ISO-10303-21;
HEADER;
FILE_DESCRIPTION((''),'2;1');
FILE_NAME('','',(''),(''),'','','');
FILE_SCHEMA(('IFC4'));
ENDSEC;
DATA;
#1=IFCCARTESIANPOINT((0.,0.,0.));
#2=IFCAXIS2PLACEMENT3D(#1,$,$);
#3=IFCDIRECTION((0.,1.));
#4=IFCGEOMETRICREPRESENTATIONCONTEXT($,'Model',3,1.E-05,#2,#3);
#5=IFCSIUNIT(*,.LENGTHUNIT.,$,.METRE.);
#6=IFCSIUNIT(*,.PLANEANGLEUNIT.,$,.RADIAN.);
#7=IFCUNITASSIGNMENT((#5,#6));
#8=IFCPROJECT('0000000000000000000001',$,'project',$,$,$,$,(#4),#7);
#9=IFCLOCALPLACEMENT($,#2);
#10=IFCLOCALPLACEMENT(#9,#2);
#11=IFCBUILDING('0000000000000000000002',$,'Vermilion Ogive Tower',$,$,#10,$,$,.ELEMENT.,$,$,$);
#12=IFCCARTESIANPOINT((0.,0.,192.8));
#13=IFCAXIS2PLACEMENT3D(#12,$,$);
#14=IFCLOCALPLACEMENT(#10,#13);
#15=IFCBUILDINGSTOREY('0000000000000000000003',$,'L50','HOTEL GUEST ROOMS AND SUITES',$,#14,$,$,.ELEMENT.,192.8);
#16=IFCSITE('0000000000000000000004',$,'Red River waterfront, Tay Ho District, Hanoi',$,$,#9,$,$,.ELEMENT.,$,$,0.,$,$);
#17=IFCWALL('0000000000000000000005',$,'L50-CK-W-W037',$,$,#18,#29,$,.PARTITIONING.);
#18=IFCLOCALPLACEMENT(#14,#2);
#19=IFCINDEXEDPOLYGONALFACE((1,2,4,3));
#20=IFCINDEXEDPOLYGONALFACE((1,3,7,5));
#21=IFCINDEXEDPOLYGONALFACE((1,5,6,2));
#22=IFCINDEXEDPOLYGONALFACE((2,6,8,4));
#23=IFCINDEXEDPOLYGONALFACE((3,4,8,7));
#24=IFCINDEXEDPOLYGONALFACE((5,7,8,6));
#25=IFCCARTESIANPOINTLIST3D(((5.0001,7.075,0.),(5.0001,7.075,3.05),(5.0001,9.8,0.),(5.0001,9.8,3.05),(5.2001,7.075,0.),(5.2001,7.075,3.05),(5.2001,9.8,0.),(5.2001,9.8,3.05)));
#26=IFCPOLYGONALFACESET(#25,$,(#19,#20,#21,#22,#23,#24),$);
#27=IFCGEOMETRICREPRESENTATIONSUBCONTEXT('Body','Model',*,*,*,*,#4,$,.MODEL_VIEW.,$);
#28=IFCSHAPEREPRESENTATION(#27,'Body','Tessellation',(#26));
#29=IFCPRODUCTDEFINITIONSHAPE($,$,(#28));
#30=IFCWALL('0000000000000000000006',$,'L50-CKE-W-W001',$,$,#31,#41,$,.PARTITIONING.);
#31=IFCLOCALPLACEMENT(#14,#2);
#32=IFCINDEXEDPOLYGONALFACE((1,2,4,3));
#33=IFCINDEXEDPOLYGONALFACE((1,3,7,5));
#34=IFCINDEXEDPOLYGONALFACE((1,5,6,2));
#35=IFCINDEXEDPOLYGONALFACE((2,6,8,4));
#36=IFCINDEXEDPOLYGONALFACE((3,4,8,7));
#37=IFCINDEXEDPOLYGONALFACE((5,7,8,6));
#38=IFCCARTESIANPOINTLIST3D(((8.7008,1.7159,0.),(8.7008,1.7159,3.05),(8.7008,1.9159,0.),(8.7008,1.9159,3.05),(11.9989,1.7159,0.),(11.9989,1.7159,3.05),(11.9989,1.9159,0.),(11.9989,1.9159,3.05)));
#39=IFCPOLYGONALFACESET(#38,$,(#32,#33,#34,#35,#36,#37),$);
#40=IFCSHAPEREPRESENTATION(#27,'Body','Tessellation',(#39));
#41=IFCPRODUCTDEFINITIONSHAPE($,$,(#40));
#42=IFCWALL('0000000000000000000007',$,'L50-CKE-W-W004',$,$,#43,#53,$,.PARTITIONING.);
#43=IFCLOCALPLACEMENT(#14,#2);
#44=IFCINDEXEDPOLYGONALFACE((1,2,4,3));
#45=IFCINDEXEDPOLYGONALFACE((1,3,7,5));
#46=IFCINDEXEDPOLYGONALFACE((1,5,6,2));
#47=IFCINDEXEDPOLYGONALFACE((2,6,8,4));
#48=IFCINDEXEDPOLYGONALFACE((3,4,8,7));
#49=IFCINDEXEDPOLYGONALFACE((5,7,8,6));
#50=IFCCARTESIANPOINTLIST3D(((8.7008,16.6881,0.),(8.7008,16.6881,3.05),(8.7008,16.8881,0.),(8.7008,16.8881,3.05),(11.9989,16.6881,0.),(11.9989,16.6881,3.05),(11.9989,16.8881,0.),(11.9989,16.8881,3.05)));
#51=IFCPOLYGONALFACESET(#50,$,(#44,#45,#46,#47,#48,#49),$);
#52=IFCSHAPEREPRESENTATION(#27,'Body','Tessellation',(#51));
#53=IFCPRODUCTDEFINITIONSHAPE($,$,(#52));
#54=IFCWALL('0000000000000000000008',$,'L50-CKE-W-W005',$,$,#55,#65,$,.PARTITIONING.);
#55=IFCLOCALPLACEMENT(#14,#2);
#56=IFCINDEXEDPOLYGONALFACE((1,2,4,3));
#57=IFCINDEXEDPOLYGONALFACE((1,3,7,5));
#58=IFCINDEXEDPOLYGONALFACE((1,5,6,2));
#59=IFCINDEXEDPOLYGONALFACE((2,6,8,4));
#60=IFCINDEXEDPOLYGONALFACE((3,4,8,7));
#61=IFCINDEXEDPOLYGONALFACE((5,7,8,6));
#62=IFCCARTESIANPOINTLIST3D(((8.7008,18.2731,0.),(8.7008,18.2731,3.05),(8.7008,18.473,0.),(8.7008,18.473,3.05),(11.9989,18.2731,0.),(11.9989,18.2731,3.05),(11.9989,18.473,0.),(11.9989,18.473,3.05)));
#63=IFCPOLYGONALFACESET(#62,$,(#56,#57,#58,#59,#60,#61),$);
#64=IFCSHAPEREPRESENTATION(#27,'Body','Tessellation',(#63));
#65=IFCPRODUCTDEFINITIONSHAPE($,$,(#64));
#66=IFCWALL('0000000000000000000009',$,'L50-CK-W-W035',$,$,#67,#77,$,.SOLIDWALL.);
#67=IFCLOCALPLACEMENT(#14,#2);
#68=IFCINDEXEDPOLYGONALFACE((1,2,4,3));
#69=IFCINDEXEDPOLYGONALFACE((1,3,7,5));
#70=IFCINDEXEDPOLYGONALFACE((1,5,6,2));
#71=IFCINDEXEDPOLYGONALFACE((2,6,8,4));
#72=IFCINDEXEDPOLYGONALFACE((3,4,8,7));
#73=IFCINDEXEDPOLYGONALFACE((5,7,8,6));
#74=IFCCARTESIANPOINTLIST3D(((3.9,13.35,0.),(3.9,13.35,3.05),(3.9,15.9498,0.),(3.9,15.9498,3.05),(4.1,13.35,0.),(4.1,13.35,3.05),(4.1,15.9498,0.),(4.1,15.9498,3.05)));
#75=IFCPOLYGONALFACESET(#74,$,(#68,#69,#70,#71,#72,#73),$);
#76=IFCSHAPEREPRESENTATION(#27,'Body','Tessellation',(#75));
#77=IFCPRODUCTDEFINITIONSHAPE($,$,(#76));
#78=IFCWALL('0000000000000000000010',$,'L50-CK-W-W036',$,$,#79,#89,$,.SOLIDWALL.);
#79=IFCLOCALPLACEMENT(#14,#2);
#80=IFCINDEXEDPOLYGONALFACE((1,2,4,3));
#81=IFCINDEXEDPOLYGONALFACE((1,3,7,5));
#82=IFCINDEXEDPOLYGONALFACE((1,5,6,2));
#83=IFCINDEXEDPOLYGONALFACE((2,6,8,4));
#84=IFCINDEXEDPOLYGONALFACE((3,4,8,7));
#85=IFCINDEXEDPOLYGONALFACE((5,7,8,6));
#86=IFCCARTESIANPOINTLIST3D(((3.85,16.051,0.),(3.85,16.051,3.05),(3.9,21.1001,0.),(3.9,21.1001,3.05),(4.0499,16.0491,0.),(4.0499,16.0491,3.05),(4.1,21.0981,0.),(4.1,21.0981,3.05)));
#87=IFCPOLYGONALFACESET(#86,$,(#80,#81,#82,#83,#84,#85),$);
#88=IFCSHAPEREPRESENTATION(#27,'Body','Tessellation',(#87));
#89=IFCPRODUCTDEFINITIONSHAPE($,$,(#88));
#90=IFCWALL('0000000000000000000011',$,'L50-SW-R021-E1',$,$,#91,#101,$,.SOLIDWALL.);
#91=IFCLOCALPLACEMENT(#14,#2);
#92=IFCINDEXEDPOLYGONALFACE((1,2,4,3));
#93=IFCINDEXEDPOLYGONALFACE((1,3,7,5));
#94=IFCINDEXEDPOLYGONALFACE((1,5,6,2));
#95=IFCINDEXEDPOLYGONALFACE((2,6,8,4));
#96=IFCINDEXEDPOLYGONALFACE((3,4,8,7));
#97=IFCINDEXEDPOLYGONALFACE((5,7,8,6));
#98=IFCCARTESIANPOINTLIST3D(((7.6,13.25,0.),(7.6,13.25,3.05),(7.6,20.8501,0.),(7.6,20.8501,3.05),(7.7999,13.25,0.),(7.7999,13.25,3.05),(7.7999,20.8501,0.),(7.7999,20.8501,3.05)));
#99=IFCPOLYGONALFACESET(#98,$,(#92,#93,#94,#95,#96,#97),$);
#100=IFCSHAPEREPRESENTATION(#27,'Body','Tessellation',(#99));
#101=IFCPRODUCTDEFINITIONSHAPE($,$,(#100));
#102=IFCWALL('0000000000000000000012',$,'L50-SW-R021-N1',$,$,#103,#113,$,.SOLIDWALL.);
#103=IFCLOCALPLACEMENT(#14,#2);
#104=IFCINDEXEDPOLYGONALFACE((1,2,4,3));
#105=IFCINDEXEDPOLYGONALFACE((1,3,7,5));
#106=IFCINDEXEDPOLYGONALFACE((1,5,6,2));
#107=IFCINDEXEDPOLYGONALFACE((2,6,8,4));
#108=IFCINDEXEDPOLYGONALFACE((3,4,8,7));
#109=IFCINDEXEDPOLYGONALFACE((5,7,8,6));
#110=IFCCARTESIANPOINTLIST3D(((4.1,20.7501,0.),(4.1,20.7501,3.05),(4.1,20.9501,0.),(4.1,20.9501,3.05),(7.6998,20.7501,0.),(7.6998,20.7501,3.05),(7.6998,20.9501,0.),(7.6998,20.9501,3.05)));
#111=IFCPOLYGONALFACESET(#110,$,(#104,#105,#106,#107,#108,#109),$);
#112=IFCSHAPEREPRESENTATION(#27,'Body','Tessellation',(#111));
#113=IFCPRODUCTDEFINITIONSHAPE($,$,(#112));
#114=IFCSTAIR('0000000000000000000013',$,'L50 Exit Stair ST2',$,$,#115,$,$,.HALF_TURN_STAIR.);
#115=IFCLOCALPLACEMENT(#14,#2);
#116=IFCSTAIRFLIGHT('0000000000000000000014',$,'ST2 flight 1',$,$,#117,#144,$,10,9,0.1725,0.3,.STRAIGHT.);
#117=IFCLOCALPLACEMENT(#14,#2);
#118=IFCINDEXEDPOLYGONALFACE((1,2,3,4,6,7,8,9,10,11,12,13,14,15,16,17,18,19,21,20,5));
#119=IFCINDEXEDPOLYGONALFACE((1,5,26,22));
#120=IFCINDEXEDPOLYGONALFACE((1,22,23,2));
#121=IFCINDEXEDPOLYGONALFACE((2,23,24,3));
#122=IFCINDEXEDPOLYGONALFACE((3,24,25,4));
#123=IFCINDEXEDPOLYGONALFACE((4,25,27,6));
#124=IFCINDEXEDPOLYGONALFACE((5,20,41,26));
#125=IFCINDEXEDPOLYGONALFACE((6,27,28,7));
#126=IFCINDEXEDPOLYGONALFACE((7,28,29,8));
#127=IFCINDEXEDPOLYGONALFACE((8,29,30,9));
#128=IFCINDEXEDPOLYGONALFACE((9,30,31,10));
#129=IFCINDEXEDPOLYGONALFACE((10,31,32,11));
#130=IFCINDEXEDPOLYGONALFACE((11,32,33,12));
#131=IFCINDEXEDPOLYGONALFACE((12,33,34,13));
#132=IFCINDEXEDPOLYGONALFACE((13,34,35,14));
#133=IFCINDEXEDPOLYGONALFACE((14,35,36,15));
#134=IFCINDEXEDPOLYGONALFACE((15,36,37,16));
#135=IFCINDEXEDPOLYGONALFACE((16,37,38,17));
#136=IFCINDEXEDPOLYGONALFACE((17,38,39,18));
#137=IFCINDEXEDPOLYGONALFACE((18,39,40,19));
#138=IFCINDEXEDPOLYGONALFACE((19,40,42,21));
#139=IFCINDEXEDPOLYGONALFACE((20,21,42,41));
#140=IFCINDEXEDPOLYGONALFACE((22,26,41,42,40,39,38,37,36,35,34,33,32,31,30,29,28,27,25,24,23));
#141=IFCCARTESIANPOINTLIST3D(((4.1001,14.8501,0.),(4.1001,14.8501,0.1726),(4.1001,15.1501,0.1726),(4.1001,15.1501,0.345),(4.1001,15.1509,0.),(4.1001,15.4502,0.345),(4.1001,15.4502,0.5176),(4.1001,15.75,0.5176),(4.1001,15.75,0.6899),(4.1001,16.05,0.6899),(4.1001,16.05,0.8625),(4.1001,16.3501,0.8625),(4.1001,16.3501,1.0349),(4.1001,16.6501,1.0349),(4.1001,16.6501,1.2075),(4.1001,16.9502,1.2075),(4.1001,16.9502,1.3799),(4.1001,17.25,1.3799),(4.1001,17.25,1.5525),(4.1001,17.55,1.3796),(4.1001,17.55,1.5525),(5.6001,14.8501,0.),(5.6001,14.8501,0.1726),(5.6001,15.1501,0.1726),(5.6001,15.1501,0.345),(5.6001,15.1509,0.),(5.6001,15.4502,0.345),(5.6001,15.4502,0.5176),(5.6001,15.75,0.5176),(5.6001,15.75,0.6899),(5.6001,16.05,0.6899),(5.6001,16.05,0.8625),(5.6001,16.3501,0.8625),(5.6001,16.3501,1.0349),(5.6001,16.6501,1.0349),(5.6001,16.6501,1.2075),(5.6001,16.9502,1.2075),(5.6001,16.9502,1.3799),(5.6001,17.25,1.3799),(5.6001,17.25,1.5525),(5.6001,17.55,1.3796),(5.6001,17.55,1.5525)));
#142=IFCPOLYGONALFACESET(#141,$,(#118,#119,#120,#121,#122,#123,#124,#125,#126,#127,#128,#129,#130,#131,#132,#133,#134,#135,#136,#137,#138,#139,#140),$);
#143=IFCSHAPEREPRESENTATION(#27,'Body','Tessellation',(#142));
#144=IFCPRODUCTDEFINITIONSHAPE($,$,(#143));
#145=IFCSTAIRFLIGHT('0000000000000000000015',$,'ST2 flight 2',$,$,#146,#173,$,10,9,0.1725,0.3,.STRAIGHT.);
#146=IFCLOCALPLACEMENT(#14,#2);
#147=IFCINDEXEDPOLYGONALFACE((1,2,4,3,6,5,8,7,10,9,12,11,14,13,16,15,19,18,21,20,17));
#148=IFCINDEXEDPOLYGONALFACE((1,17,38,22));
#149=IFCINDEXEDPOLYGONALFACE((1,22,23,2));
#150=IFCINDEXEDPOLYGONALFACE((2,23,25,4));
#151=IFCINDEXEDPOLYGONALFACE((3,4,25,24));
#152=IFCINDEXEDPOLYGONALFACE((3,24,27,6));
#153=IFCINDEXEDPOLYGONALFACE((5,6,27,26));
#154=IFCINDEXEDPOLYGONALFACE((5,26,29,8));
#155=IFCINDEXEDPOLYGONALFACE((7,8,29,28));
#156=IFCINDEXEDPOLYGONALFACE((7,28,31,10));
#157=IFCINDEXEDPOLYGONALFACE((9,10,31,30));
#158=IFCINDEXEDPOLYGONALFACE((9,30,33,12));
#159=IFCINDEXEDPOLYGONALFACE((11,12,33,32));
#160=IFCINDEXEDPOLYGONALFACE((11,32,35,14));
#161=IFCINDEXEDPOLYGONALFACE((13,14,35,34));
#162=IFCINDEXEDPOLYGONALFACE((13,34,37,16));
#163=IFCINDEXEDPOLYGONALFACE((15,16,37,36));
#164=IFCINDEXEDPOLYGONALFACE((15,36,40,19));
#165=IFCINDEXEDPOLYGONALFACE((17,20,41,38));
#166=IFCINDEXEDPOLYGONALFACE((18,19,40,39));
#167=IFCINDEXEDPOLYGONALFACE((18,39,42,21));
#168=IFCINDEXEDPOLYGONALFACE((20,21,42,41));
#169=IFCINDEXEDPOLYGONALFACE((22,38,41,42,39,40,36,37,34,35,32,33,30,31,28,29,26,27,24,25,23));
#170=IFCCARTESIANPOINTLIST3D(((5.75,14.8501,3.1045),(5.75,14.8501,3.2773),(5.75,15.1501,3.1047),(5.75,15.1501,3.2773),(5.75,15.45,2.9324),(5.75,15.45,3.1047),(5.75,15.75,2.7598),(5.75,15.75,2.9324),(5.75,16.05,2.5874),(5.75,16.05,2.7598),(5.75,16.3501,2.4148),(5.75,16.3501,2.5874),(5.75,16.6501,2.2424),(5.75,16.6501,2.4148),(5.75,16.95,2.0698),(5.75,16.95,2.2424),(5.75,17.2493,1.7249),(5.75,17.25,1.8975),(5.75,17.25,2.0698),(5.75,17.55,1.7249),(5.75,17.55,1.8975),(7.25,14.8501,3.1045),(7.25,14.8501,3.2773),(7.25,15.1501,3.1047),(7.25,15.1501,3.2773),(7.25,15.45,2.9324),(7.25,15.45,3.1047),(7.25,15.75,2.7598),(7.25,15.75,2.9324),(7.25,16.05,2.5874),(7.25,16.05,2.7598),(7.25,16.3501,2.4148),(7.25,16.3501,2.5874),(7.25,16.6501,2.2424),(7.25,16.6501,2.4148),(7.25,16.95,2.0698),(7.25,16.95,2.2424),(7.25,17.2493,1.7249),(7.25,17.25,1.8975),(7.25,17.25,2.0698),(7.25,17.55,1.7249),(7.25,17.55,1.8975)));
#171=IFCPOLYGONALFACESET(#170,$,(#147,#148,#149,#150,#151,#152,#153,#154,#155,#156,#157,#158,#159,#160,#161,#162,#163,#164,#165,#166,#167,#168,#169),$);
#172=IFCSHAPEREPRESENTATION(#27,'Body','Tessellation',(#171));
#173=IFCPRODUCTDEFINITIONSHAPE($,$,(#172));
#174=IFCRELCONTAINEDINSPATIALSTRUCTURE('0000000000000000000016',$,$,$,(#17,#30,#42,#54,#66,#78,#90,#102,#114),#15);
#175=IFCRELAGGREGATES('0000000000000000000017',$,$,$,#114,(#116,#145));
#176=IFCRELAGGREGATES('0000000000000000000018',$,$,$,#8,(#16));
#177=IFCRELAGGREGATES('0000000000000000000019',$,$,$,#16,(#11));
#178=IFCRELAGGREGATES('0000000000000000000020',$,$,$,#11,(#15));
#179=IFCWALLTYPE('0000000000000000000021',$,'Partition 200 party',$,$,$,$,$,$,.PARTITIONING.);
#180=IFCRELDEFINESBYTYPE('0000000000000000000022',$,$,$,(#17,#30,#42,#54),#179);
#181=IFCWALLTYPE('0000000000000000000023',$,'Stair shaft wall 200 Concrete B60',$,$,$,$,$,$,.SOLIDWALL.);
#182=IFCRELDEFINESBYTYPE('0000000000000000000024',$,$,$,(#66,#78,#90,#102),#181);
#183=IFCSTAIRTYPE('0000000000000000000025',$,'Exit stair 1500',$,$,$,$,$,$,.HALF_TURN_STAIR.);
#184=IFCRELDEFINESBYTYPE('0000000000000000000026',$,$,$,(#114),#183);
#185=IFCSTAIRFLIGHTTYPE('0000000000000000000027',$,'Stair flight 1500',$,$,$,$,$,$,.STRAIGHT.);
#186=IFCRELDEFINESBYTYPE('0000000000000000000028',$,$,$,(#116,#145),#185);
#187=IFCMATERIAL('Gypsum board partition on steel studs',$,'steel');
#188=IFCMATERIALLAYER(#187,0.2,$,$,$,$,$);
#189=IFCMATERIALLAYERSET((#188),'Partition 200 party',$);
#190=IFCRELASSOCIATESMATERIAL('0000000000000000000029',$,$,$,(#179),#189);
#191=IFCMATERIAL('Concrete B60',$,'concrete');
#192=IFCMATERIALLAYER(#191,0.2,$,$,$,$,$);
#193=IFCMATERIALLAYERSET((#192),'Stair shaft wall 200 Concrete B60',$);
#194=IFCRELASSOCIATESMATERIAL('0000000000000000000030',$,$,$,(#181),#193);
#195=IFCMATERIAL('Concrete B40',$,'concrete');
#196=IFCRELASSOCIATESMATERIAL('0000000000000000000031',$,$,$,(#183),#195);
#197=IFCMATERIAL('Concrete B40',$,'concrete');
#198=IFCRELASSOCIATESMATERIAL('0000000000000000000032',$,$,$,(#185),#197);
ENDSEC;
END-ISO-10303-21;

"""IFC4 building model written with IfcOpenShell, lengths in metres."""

from ifc_helpers import new_model, si_unit, direction, frame, frame_2d, origin, place, context, subcontext, project, spatial, polyline, rectangle, outline, extrude, material, layer, layer_set, type_object, element, aggregate, save


model = new_model("IFC4")

# Units and contexts
model_context = context("Model", 3, precision=1e-05, world=origin(), true_north=direction((0.0, 1.0)))
body_context = subcontext(model_context, "Body", "Model", "MODEL_VIEW")
ifc_project = project(units=[si_unit("LENGTHUNIT", "METRE"), si_unit("PLANEANGLEUNIT", "RADIAN")], contexts=[model_context])

# Site, building, storey
site_placement = place(None, origin())
site = spatial("IfcSite", under=ifc_project, at=site_placement, Name="Red River waterfront, Tay Ho District, Hanoi", CompositionType="ELEMENT", RefElevation=0.0)
building_placement = place(site_placement, origin())
building = spatial("IfcBuilding", under=site, at=building_placement, Name="Vermilion Ogive Tower", CompositionType="ELEMENT")
storey_placement = place(building_placement, frame((0.0, 0.0, 192.8)))
storey = spatial("IfcBuildingStorey", under=building, at=storey_placement, Name="L50", Description="HOTEL GUEST ROOMS AND SUITES", CompositionType="ELEMENT", Elevation=192.8)

# Shared definitions
ifc_material_1 = material(Name="Gypsum board partition on steel studs", Category="steel")
ifc_layer_1 = layer(ifc_material_1, 0.2)
ifc_layer_set_1 = layer_set([ifc_layer_1], Name="Partition 200 party")
wall_type_1 = type_object("IfcWallType", Name="Partition 200 party", PredefinedType="PARTITIONING", material=ifc_layer_set_1)

# Walls
wall_1_placement = place(storey_placement, frame((5.1001, 7.075, 0.0), z_axis=(0.0, 0.0, 1.0), x_axis=(0.0, 1.0, 0.0)))
element("IfcWall", 1, at=wall_1_placement, inside=storey, type_object=wall_type_1, Name="L50-CK-W-W037", PredefinedType="PARTITIONING", context=body_context, shape_type="SweptSolid", body=[
    extrude(rectangle(XDim=2.7251, YDim=0.2, at=frame_2d((1.3625, 0.0))), origin(), (0.0, 0.0, 1.0), 3.05),
])
for number, where, z_axis, x_axis, name in (
    (2, (8.7009, 1.8159, 0.0), (0.0, 0.0, 1.0), (1.0, 0.0, 0.0), "L50-CKE-W-W001"),
    (3, (8.7009, 16.7881, 0.0), (0.0, 0.0, 1.0), (1.0, 0.0, 0.0), "L50-CKE-W-W004"),
    (4, (8.7009, 18.373, 0.0), (0.0, 0.0, 1.0), (1.0, 0.0, 0.0), "L50-CKE-W-W005"),
):
    element("IfcWall", number, at=place(storey_placement, frame(where, z_axis=z_axis, x_axis=x_axis)), inside=storey, type_object=wall_type_1, Name=name, PredefinedType="PARTITIONING", context=body_context, shape_type="SweptSolid", body=[
        extrude(rectangle(XDim=3.2981, YDim=0.2, at=frame_2d((1.6489, 0.0))), origin(), (0.0, 0.0, 1.0), 3.05),
    ])
ifc_material_2 = material(Name="Concrete B60", Category="concrete")
ifc_layer_2 = layer(ifc_material_2, 0.2)
ifc_layer_set_2 = layer_set([ifc_layer_2], Name="Stair shaft wall 200 Concrete B60")
wall_type_2 = type_object("IfcWallType", Name="Stair shaft wall 200 Concrete B60", PredefinedType="SOLIDWALL", material=ifc_layer_set_2)
wall_2_placement = place(storey_placement, frame((4.0, 13.3501, 0.0), z_axis=(0.0, 0.0, 1.0), x_axis=(0.0, 1.0, 0.0)))
element("IfcWall", 5, at=wall_2_placement, inside=storey, type_object=wall_type_2, Name="L50-CK-W-W035", PredefinedType="SOLIDWALL", context=body_context, shape_type="SweptSolid", body=[
    extrude(rectangle(XDim=2.5999, YDim=0.2, at=frame_2d((1.2998, 0.0))), origin(), (0.0, 0.0, 1.0), 3.05),
])
wall_3_placement = place(storey_placement, frame((3.95, 16.05, 0.0), z_axis=(0.0, 0.0, 1.0), x_axis=(0.009912, 0.999951, 0.0)))
element("IfcWall", 6, at=wall_3_placement, inside=storey, type_object=wall_type_2, Name="L50-CK-W-W036", PredefinedType="SOLIDWALL", context=body_context, shape_type="SweptSolid", body=[
    extrude(rectangle(XDim=5.0493, YDim=0.2, at=frame_2d((2.5247, 0.0))), origin(), (0.0, 0.0, 1.0), 3.05),
])
wall_4_placement = place(storey_placement, frame((7.7, 13.25, 0.0), z_axis=(0.0, 0.0, 1.0), x_axis=(0.0, 1.0, 0.0)))
element("IfcWall", 7, at=wall_4_placement, inside=storey, type_object=wall_type_2, Name="L50-SW-R021-E1", PredefinedType="SOLIDWALL", context=body_context, shape_type="SweptSolid", body=[
    extrude(rectangle(XDim=7.6001, YDim=0.2, at=frame_2d((3.8, 0.0))), origin(), (0.0, 0.0, 1.0), 3.05),
])
wall_5_placement = place(storey_placement, frame((4.1001, 20.8501, 0.0), z_axis=(0.0, 0.0, 1.0), x_axis=(1.0, 0.0, 0.0)))
element("IfcWall", 8, at=wall_5_placement, inside=storey, type_object=wall_type_2, Name="L50-SW-R021-N1", PredefinedType="SOLIDWALL", context=body_context, shape_type="SweptSolid", body=[
    extrude(rectangle(XDim=3.5999, YDim=0.2, at=frame_2d((1.7998, 0.0))), origin(), (0.0, 0.0, 1.0), 3.05),
])

# Stair, stair flights
ifc_material_3 = material(Name="Concrete B40", Category="concrete")
stair_type = type_object("IfcStairType", Name="Exit stair 1500", PredefinedType="HALF_TURN_STAIR", material=ifc_material_3)
stair_placement = place(storey_placement, origin())
stair = element("IfcStair", 9, at=stair_placement, inside=storey, type_object=stair_type, Name="L50 Exit Stair ST2", PredefinedType="HALF_TURN_STAIR")
ifc_material_4 = material(Name="Concrete B40", Category="concrete")
stair_flight_type = type_object("IfcStairFlightType", Name="Stair flight 1500", PredefinedType="STRAIGHT", material=ifc_material_4)
stair_flight_1_placement = place(storey_placement, frame((4.8501, 14.8501, 0.0), z_axis=(0.0, 0.0, 1.0), x_axis=(0.0, 1.0, 0.0)))
stair_flight_1 = element("IfcStairFlight", 10, at=stair_flight_1_placement, type_object=stair_flight_type, Name="ST2 flight 1", NumberOfRisers=10, NumberOfTreads=9, PredefinedType="STRAIGHT", RiserHeight=0.1725, TreadLength=0.3, context=body_context, shape_type="SweptSolid", body=[
    extrude(outline(polyline([(0.0, 0.0), (0.0, 0.1726), (0.3, 0.1726), (0.3, 0.345), (0.6001, 0.345), (0.6001, 0.5176), (0.8999, 0.5176), (0.8999, 0.6899), (1.2, 0.6899), (1.2, 0.8625), (1.5, 0.8625), (1.5, 1.0349), (1.8, 1.0349), (1.8, 1.2075), (2.1001, 1.2075), (2.1001, 1.3799), (2.3999, 1.3799), (2.3999, 1.5525), (2.7, 1.5525), (2.7, 1.7251), (2.7, 1.3796), (0.3008, 0.0), (0.0, 0.0)])), frame((0.0, 0.75, 0.0), z_axis=(0.0, -1.0, 0.0), x_axis=(1.0, 0.0, 0.0)), (0.0, 0.0, 1.0), 1.5),
])
stair_flight_2_placement = place(storey_placement, frame((6.5, 17.55, 1.7249), z_axis=(0.0, 0.0, 1.0), x_axis=(0.0, -1.0, 0.0)))
stair_flight_2 = element("IfcStairFlight", 11, at=stair_flight_2_placement, type_object=stair_flight_type, Name="ST2 flight 2", NumberOfRisers=10, NumberOfTreads=9, PredefinedType="STRAIGHT", RiserHeight=0.1725, TreadLength=0.3, context=body_context, shape_type="SweptSolid", body=[
    extrude(outline(polyline([(0.0, 0.0), (0.0, 0.1726), (0.3, 0.1726), (0.3, 0.345), (0.6001, 0.345), (0.6001, 0.5176), (0.8999, 0.5176), (0.8999, 0.6899), (1.2, 0.6899), (1.2, 0.8625), (1.5, 0.8625), (1.5, 1.0349), (1.8, 1.0349), (1.8, 1.2075), (2.1001, 1.2075), (2.1001, 1.3799), (2.3999, 1.3799), (2.3999, 1.5525), (2.7, 1.5525), (2.7, 1.7251), (2.7, 1.3796), (0.3008, 0.0), (0.0, 0.0)])), frame((0.0, 0.75, 0.0), z_axis=(0.0, -1.0, 0.0), x_axis=(1.0, 0.0, 0.0)), (0.0, 0.0, 1.0), 1.5),
])
aggregate(stair, [stair_flight_1, stair_flight_2])

save(model, "model.ifc")
